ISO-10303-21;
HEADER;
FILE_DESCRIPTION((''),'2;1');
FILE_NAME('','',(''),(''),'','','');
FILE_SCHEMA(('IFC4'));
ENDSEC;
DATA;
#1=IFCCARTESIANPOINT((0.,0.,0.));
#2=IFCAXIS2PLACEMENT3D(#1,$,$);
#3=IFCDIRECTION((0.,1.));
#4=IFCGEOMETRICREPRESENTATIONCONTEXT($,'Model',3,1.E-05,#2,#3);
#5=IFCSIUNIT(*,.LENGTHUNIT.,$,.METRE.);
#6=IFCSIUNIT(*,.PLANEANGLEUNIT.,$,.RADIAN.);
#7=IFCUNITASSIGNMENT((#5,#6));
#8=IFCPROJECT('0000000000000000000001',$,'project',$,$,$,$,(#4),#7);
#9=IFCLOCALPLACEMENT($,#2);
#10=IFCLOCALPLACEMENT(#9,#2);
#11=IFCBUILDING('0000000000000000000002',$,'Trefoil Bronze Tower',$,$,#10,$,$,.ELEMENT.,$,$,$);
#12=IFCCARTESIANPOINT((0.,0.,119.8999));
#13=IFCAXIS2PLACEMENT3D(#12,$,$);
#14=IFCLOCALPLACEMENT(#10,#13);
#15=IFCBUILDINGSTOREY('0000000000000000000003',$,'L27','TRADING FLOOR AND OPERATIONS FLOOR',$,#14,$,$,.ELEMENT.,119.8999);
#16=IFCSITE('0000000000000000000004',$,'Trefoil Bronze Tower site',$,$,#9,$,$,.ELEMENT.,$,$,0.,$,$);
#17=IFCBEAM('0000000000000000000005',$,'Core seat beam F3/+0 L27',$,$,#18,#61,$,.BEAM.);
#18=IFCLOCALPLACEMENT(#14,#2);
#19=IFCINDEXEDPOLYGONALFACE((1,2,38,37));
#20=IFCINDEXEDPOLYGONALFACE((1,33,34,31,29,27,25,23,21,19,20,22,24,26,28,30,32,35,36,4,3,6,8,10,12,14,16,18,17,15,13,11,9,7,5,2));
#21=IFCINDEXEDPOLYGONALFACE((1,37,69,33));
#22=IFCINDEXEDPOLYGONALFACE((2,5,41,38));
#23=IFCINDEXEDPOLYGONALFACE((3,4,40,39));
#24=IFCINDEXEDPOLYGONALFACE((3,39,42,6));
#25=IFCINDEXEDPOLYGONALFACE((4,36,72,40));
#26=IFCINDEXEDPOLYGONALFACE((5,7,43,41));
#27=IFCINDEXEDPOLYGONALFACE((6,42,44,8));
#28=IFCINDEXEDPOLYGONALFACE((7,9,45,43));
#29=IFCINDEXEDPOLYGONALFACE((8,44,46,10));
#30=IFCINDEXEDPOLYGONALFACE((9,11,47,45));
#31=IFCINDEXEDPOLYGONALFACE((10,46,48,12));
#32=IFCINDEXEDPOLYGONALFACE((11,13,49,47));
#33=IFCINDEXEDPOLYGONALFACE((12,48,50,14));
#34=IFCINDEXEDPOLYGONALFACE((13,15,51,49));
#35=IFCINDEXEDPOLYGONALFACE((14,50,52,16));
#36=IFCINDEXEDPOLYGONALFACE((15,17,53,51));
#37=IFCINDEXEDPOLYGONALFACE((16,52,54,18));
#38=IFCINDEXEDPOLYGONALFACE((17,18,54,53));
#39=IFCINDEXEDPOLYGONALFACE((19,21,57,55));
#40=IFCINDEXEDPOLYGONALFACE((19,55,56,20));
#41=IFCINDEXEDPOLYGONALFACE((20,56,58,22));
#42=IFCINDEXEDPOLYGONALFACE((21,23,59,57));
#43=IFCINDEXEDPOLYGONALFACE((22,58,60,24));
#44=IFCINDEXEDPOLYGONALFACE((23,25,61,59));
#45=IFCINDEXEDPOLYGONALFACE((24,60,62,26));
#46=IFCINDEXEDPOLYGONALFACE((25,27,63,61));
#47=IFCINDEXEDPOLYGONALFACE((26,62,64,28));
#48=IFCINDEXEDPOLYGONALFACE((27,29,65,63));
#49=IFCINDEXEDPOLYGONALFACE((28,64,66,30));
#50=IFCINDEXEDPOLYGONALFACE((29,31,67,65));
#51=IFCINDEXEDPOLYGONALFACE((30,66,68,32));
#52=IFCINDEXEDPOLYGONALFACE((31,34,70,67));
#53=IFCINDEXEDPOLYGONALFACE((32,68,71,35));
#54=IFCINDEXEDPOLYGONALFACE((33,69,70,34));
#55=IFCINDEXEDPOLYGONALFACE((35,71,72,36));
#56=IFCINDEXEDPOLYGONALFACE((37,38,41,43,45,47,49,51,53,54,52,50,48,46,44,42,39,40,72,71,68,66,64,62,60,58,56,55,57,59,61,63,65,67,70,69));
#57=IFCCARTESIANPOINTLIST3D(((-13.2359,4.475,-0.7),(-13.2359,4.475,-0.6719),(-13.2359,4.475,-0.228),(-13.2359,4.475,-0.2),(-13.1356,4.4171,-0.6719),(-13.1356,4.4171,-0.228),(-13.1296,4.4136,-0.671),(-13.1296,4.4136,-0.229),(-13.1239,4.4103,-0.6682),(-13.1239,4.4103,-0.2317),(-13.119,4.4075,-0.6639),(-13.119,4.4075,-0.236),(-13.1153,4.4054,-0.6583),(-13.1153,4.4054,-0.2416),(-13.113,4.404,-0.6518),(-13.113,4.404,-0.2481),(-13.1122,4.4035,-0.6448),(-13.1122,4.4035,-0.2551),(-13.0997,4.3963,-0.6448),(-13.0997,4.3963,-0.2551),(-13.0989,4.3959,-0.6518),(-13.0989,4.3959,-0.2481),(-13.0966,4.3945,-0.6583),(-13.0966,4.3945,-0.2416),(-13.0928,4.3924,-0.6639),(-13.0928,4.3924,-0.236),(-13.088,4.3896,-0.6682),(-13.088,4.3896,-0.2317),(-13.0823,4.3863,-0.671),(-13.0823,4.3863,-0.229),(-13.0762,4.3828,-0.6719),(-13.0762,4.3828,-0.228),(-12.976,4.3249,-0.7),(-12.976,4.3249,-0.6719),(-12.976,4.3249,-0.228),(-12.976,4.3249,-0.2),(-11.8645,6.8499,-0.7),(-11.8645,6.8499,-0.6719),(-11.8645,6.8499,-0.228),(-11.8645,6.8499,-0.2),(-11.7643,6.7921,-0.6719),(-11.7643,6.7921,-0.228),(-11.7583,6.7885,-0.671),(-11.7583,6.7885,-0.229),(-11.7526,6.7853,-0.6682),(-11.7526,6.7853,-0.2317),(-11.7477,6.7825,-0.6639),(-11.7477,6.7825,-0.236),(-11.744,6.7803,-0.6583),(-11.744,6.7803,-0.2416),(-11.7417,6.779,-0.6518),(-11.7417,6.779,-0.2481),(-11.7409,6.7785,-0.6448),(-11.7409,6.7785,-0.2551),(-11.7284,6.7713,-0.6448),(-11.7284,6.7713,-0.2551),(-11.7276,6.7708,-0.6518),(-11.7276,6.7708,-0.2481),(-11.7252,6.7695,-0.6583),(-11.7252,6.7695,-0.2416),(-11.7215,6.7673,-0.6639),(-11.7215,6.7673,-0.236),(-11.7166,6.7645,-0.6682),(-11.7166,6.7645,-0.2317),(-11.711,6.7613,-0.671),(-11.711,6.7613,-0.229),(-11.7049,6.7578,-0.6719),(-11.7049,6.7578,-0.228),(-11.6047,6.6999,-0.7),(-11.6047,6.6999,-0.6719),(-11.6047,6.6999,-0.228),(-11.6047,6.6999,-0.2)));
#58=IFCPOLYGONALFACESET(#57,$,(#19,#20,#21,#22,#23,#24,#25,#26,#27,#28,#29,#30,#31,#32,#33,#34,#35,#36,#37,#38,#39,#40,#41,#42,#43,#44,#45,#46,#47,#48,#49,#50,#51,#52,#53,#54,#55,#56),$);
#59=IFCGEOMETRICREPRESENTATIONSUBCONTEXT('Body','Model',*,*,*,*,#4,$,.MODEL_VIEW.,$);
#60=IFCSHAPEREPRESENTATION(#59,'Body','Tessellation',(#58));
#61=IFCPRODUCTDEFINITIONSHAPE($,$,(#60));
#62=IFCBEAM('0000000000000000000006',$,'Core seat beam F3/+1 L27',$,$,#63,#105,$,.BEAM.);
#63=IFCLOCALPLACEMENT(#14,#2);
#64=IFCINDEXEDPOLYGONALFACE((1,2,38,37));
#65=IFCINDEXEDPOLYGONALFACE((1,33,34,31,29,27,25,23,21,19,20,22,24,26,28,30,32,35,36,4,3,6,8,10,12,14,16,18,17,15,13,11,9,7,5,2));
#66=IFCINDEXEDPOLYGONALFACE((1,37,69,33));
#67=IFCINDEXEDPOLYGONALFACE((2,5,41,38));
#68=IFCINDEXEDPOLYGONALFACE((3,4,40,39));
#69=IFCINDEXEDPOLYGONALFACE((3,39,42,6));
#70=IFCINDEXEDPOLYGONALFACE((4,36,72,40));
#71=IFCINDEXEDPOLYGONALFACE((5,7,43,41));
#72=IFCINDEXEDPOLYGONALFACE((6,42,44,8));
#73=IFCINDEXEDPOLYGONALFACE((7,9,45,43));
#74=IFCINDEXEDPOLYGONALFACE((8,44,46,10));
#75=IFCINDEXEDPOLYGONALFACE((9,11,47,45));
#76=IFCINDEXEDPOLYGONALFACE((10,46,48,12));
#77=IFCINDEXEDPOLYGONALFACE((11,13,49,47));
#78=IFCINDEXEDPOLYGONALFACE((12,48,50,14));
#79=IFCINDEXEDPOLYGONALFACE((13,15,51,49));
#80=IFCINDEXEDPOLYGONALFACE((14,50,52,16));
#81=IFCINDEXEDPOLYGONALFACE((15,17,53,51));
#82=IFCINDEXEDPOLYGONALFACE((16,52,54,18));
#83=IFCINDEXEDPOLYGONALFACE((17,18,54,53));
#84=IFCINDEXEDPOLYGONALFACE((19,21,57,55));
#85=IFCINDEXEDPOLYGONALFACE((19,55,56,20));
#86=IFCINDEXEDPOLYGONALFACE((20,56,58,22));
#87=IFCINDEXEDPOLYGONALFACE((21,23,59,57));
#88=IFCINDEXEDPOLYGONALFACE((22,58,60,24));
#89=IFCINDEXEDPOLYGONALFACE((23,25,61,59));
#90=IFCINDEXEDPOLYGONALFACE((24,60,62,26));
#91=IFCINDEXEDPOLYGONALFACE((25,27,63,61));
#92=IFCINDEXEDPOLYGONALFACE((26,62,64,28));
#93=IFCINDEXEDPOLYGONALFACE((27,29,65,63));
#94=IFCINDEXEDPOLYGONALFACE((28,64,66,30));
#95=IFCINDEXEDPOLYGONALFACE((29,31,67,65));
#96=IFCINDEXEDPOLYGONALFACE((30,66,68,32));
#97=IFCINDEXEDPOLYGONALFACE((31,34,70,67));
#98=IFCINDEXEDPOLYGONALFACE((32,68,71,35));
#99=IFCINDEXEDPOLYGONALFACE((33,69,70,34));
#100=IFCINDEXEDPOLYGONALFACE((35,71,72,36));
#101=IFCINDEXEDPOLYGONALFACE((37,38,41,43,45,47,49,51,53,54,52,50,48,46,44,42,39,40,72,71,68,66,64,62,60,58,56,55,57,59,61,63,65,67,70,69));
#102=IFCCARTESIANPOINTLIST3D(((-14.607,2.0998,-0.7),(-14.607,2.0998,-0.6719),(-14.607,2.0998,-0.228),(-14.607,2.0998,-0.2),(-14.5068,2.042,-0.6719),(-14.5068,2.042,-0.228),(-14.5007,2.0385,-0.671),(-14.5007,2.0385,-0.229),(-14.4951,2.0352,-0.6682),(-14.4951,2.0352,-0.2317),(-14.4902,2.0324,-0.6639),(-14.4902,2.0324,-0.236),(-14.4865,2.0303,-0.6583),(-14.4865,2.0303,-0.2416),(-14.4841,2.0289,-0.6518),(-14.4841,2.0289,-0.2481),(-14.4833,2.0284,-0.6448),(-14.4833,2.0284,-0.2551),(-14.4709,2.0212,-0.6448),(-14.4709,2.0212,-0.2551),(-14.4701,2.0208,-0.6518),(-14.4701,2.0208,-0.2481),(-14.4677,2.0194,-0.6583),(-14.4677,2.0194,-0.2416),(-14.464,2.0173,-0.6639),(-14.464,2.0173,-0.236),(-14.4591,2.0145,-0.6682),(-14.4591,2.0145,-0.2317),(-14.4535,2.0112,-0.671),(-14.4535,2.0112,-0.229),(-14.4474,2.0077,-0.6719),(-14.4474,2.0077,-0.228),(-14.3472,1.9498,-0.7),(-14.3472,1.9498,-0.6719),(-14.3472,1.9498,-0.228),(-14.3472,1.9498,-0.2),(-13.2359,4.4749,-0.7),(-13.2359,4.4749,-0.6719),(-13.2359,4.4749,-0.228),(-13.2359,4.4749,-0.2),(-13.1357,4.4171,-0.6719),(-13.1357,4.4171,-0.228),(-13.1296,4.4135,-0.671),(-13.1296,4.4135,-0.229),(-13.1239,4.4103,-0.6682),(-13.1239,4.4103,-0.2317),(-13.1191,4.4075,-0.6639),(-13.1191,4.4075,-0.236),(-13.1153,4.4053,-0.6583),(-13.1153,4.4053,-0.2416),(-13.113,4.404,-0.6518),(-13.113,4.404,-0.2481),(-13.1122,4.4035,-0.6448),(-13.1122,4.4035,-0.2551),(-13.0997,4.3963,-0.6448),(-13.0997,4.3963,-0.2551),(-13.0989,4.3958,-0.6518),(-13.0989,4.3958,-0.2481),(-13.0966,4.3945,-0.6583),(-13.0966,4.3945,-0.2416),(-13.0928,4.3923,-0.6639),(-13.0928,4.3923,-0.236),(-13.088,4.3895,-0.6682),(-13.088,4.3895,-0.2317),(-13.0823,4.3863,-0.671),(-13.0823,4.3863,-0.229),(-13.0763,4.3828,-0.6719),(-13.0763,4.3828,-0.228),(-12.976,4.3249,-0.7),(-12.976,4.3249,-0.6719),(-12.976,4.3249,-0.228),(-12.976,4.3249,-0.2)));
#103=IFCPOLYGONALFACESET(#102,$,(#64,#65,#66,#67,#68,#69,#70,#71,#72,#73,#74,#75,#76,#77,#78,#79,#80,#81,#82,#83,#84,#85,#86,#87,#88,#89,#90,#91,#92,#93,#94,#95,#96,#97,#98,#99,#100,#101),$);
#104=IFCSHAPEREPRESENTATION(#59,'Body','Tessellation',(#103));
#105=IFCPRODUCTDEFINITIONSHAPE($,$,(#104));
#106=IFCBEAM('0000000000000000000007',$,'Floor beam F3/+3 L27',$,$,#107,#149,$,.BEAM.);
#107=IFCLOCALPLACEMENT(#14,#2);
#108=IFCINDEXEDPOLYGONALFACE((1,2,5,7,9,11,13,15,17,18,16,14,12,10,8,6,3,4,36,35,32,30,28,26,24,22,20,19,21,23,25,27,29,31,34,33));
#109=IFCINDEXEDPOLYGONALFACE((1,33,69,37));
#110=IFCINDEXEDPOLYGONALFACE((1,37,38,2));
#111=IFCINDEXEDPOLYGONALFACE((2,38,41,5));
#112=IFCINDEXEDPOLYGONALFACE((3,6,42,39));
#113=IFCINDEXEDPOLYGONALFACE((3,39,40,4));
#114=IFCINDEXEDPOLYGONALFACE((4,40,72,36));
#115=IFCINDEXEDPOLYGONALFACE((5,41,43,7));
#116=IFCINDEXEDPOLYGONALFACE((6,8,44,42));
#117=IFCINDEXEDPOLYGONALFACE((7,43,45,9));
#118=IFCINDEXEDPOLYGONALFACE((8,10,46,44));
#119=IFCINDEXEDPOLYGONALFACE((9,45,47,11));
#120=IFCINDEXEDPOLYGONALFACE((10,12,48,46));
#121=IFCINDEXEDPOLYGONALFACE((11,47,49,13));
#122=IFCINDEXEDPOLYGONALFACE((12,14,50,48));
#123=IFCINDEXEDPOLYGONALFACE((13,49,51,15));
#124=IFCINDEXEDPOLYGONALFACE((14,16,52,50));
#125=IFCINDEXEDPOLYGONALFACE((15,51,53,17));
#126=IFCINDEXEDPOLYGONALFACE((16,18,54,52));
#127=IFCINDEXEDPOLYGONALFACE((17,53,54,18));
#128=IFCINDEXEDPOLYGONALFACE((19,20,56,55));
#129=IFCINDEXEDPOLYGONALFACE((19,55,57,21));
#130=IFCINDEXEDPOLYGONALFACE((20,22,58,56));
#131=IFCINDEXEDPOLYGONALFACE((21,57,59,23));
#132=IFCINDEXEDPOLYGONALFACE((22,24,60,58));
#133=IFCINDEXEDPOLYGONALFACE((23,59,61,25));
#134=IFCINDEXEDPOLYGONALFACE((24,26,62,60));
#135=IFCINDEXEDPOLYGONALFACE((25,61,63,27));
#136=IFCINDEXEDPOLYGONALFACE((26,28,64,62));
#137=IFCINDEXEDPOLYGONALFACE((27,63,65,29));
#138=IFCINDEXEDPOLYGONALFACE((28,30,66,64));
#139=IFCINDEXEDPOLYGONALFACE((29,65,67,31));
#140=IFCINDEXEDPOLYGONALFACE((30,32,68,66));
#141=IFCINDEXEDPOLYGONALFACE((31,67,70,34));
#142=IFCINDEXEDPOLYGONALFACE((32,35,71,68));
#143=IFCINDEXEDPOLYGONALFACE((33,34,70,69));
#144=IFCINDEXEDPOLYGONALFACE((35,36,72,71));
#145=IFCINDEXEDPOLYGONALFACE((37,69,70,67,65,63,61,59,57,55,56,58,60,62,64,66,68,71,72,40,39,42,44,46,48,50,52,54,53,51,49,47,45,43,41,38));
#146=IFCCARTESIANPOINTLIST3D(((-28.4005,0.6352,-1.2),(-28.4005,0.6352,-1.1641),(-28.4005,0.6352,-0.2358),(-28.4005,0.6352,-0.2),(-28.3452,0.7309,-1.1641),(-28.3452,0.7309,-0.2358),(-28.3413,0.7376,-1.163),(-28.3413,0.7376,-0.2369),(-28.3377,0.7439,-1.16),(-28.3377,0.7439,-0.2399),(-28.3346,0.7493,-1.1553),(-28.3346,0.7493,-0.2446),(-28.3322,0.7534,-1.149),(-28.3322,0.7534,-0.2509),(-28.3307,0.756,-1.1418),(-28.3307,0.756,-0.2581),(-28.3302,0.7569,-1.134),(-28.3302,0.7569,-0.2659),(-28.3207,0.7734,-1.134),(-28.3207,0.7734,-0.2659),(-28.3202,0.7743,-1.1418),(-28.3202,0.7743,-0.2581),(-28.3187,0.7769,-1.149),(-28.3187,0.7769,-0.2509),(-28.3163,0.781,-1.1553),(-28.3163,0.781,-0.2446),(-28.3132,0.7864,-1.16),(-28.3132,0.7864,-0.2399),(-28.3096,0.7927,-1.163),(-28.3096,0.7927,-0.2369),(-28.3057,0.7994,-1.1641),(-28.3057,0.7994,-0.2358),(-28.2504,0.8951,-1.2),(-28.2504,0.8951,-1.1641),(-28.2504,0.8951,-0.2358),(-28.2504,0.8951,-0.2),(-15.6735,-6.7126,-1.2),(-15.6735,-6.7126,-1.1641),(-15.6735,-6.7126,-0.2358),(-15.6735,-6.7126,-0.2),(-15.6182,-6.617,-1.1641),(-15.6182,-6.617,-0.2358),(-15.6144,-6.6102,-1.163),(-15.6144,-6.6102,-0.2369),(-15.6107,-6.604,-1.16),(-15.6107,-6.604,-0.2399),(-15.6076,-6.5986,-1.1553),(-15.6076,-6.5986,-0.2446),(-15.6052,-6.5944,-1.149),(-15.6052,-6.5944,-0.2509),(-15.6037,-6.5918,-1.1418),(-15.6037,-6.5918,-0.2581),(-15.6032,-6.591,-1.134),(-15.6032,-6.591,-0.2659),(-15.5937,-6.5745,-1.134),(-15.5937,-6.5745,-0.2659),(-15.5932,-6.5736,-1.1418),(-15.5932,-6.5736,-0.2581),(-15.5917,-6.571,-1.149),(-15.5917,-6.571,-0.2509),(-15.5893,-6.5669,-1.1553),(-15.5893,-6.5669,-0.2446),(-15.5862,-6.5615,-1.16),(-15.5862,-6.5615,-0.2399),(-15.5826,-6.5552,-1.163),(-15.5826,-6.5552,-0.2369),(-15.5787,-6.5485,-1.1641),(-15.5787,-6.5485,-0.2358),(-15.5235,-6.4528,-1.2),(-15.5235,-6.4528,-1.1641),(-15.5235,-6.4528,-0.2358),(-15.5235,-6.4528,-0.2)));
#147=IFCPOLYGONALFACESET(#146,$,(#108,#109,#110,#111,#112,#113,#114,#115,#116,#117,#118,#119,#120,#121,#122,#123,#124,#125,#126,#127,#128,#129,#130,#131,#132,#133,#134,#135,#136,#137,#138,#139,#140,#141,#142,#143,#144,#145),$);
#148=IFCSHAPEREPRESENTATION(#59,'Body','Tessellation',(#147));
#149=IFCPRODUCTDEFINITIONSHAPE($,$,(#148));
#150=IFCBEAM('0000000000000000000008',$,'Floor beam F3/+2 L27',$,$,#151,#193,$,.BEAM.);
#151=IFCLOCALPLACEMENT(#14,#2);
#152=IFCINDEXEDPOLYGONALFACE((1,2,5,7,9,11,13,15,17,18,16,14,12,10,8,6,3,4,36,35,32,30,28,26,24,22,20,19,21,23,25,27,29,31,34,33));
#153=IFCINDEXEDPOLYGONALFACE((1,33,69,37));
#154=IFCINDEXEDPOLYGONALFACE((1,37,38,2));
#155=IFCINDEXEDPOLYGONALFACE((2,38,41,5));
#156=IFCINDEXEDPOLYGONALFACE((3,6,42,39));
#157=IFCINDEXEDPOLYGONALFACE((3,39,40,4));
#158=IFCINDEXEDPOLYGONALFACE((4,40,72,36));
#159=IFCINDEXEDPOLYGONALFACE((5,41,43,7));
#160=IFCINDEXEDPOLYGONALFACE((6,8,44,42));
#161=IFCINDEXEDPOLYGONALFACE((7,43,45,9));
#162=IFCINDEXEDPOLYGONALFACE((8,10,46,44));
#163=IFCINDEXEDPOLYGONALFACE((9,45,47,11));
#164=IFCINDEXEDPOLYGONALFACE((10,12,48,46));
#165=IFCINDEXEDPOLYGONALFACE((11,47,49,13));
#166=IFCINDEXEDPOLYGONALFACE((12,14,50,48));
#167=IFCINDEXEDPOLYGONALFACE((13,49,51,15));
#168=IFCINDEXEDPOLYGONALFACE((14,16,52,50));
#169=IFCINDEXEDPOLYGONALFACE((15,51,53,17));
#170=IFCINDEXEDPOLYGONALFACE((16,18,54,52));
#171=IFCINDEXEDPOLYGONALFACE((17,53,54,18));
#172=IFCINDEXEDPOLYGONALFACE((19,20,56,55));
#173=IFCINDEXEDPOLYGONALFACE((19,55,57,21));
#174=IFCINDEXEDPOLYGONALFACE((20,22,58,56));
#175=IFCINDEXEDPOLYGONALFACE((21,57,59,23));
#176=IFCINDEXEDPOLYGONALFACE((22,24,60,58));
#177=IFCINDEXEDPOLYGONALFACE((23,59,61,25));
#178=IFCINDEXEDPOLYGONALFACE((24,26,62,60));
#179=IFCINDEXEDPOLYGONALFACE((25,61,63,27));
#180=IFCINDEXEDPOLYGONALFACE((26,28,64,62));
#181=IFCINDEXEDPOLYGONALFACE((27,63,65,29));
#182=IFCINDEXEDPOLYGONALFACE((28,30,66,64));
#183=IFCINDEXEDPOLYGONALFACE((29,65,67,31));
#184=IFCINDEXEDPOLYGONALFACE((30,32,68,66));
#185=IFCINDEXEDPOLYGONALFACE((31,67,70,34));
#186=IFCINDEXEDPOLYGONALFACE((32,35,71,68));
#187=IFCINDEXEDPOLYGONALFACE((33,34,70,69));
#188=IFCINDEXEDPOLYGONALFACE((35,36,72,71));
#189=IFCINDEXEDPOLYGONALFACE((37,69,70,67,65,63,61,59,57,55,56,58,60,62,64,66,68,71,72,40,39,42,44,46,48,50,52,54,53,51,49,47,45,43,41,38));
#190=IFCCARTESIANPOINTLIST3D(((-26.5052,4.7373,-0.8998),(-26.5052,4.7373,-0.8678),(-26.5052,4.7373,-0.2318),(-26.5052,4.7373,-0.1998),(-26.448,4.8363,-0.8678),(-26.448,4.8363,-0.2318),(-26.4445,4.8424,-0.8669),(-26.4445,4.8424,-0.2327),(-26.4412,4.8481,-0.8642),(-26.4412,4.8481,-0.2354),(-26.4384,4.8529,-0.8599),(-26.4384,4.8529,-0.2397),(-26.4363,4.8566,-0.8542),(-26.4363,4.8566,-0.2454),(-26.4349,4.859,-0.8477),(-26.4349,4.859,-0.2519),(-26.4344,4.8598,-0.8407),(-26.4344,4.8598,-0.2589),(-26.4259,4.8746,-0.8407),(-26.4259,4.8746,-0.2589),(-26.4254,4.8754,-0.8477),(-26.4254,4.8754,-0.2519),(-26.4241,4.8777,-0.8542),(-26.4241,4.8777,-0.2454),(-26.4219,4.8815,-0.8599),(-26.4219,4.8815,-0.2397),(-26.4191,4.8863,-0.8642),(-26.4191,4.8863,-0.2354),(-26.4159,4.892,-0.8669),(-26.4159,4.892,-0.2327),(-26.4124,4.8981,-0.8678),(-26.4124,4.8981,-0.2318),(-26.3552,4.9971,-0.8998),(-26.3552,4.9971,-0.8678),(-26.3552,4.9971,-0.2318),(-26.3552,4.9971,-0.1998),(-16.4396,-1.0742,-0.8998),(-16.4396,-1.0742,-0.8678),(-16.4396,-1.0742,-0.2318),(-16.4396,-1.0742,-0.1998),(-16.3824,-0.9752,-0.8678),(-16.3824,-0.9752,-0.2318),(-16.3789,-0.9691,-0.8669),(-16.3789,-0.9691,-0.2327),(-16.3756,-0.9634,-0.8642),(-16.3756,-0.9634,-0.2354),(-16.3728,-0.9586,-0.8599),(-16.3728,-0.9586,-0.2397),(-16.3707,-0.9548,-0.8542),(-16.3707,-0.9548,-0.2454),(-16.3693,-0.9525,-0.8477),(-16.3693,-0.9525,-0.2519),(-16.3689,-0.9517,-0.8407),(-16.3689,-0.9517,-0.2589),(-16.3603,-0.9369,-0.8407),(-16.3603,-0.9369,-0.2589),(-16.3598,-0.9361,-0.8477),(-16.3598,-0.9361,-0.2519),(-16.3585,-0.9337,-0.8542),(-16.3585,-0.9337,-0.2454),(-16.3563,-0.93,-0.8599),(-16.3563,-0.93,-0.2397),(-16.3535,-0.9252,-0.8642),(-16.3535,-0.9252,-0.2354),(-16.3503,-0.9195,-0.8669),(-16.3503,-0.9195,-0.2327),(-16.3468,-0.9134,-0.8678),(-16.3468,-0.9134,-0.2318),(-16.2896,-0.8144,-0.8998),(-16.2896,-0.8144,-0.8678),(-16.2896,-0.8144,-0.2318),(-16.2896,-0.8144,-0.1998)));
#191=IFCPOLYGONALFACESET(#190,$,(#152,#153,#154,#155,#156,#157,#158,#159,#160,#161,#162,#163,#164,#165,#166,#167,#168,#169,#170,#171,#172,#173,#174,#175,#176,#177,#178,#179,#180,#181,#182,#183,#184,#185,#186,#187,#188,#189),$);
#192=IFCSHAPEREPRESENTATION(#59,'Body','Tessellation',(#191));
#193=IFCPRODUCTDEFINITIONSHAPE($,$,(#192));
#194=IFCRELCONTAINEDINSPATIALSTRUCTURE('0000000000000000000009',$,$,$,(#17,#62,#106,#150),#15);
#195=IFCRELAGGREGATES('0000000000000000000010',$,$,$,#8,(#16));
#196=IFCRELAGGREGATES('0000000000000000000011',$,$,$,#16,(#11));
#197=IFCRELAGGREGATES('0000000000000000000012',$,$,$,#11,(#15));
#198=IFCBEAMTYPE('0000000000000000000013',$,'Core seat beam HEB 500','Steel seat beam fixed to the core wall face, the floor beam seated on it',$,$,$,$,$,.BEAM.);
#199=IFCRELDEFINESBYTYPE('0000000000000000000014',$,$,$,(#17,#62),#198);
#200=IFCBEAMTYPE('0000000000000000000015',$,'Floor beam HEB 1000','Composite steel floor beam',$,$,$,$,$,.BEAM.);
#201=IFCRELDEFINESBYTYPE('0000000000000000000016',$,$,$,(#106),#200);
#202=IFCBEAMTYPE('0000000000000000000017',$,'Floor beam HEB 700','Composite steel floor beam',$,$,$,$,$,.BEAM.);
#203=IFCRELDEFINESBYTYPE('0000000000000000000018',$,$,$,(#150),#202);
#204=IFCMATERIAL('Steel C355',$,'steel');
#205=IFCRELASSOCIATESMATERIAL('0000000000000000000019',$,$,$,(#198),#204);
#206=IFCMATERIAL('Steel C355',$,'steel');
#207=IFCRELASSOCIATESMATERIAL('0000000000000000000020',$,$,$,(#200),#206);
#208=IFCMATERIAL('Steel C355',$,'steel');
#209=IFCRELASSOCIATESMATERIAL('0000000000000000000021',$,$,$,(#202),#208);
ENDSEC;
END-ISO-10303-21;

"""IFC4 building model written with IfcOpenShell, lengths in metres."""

from ifc_helpers import new_model, si_unit, direction, frame, origin, origin_2d, place, context, subcontext, project, spatial, i_section, extrude, material, material_profile, profile_set, type_object, element, save


model = new_model("IFC4")

# Units and contexts
model_context = context("Model", 3, precision=1e-05, world=origin(), true_north=direction((0.0, 1.0)))
body_context = subcontext(model_context, "Body", "Model", "MODEL_VIEW")
ifc_project = project(units=[si_unit("LENGTHUNIT", "METRE"), si_unit("PLANEANGLEUNIT", "RADIAN")], contexts=[model_context])

# Site, building, storey
site_placement = place(None, origin())
site = spatial("IfcSite", under=ifc_project, at=site_placement, Name="Trefoil Bronze Tower site", CompositionType="ELEMENT", RefElevation=0.0)
building_placement = place(site_placement, origin())
building = spatial("IfcBuilding", under=site, at=building_placement, Name="Trefoil Bronze Tower", CompositionType="ELEMENT")
storey_placement = place(building_placement, frame((0.0, 0.0, 119.8999)))
storey = spatial("IfcBuildingStorey", under=building, at=storey_placement, Name="L27", Description="TRADING FLOOR AND OPERATIONS FLOOR", CompositionType="ELEMENT", Elevation=119.8999)

# Beams
ifc_material_1 = material(Name="Steel C355", Category="steel")
ifc_material_profile_1 = material_profile(ifc_material_1, i_section(OverallWidth=0.3, OverallDepth=0.5, WebThickness=0.0144, FlangeThickness=0.0281, FilletRadius=0.0271, at=origin_2d()), Name="HEB 500")
ifc_profile_set_1 = profile_set([ifc_material_profile_1], Name="Steel C355")
beam_type_1 = type_object("IfcBeamType", Name="Core seat beam HEB 500", Description="Steel seat beam fixed to the core wall face, the floor beam seated on it", PredefinedType="BEAM", material=ifc_profile_set_1)
for number, where, z_axis, x_axis, name in (
    (1, (-11.7346, 6.7749, -0.45), (-0.500036, -0.866005, 0.0), (0.866005, -0.500036, 0.0), "Core seat beam F3/+0 L27"),
    (2, (-13.106, 4.3999, -0.45), (-0.499969, -0.866043, 0.0), (0.866043, -0.499969, 0.0), "Core seat beam F3/+1 L27"),
):
    element("IfcBeam", number, at=place(storey_placement, frame(where, z_axis=z_axis, x_axis=x_axis)), inside=storey, type_object=beam_type_1, Name=name, PredefinedType="BEAM", context=body_context, shape_type="SweptSolid", body=[
        extrude(i_section(OverallWidth=0.3, OverallDepth=0.5, WebThickness=0.0144, FlangeThickness=0.0281, FilletRadius=0.0271, at=origin_2d()), origin(), (0.0, 0.0, 1.0), 2.7424),
    ])
ifc_material_2 = material(Name="Steel C355", Category="steel")
ifc_material_profile_2 = material_profile(ifc_material_2, i_section(OverallWidth=0.3, OverallDepth=1.0, WebThickness=0.019, FlangeThickness=0.0359, FilletRadius=0.03, at=origin_2d()), Name="HEB 1000")
ifc_profile_set_2 = profile_set([ifc_material_profile_2], Name="Steel C355")
beam_type_2 = type_object("IfcBeamType", Name="Floor beam HEB 1000", Description="Composite steel floor beam", PredefinedType="BEAM", material=ifc_profile_set_2)
beam_1_placement = place(storey_placement, frame((-28.3254, 0.7651, -0.7), z_axis=(0.866027, -0.499997, 0.0), x_axis=(0.499997, 0.866027, 0.0)))
element("IfcBeam", 3, at=beam_1_placement, inside=storey, type_object=beam_type_2, Name="Floor beam F3/+3 L27", PredefinedType="BEAM", context=body_context, shape_type="SweptSolid", body=[
    extrude(i_section(OverallWidth=0.3, OverallDepth=1.0, WebThickness=0.019, FlangeThickness=0.0359, FilletRadius=0.03, at=origin_2d()), origin(), (0.0, 0.0, 1.0), 14.6958),
])
ifc_material_3 = material(Name="Steel C355", Category="steel")
ifc_material_profile_3 = material_profile(ifc_material_3, i_section(OverallWidth=0.3, OverallDepth=0.7, WebThickness=0.0171, FlangeThickness=0.032, FilletRadius=0.0271, at=origin_2d()), Name="HEB 700")
ifc_profile_set_3 = profile_set([ifc_material_profile_3], Name="Steel C355")
beam_type_3 = type_object("IfcBeamType", Name="Floor beam HEB 700", Description="Composite steel floor beam", PredefinedType="BEAM", material=ifc_profile_set_3)
beam_2_placement = place(storey_placement, frame((-26.4302, 4.8672, -0.5498), z_axis=(0.866022, -0.500007, 0.0), x_axis=(0.500007, 0.866022, 0.0)))
element("IfcBeam", 4, at=beam_2_placement, inside=storey, type_object=beam_type_3, Name="Floor beam F3/+2 L27", PredefinedType="BEAM", context=body_context, shape_type="SweptSolid", body=[
    extrude(i_section(OverallWidth=0.3, OverallDepth=0.7, WebThickness=0.0171, FlangeThickness=0.032, FilletRadius=0.0271, at=origin_2d()), origin(), (0.0, 0.0, 1.0), 11.6228),
])

save(model, "model.ifc")
